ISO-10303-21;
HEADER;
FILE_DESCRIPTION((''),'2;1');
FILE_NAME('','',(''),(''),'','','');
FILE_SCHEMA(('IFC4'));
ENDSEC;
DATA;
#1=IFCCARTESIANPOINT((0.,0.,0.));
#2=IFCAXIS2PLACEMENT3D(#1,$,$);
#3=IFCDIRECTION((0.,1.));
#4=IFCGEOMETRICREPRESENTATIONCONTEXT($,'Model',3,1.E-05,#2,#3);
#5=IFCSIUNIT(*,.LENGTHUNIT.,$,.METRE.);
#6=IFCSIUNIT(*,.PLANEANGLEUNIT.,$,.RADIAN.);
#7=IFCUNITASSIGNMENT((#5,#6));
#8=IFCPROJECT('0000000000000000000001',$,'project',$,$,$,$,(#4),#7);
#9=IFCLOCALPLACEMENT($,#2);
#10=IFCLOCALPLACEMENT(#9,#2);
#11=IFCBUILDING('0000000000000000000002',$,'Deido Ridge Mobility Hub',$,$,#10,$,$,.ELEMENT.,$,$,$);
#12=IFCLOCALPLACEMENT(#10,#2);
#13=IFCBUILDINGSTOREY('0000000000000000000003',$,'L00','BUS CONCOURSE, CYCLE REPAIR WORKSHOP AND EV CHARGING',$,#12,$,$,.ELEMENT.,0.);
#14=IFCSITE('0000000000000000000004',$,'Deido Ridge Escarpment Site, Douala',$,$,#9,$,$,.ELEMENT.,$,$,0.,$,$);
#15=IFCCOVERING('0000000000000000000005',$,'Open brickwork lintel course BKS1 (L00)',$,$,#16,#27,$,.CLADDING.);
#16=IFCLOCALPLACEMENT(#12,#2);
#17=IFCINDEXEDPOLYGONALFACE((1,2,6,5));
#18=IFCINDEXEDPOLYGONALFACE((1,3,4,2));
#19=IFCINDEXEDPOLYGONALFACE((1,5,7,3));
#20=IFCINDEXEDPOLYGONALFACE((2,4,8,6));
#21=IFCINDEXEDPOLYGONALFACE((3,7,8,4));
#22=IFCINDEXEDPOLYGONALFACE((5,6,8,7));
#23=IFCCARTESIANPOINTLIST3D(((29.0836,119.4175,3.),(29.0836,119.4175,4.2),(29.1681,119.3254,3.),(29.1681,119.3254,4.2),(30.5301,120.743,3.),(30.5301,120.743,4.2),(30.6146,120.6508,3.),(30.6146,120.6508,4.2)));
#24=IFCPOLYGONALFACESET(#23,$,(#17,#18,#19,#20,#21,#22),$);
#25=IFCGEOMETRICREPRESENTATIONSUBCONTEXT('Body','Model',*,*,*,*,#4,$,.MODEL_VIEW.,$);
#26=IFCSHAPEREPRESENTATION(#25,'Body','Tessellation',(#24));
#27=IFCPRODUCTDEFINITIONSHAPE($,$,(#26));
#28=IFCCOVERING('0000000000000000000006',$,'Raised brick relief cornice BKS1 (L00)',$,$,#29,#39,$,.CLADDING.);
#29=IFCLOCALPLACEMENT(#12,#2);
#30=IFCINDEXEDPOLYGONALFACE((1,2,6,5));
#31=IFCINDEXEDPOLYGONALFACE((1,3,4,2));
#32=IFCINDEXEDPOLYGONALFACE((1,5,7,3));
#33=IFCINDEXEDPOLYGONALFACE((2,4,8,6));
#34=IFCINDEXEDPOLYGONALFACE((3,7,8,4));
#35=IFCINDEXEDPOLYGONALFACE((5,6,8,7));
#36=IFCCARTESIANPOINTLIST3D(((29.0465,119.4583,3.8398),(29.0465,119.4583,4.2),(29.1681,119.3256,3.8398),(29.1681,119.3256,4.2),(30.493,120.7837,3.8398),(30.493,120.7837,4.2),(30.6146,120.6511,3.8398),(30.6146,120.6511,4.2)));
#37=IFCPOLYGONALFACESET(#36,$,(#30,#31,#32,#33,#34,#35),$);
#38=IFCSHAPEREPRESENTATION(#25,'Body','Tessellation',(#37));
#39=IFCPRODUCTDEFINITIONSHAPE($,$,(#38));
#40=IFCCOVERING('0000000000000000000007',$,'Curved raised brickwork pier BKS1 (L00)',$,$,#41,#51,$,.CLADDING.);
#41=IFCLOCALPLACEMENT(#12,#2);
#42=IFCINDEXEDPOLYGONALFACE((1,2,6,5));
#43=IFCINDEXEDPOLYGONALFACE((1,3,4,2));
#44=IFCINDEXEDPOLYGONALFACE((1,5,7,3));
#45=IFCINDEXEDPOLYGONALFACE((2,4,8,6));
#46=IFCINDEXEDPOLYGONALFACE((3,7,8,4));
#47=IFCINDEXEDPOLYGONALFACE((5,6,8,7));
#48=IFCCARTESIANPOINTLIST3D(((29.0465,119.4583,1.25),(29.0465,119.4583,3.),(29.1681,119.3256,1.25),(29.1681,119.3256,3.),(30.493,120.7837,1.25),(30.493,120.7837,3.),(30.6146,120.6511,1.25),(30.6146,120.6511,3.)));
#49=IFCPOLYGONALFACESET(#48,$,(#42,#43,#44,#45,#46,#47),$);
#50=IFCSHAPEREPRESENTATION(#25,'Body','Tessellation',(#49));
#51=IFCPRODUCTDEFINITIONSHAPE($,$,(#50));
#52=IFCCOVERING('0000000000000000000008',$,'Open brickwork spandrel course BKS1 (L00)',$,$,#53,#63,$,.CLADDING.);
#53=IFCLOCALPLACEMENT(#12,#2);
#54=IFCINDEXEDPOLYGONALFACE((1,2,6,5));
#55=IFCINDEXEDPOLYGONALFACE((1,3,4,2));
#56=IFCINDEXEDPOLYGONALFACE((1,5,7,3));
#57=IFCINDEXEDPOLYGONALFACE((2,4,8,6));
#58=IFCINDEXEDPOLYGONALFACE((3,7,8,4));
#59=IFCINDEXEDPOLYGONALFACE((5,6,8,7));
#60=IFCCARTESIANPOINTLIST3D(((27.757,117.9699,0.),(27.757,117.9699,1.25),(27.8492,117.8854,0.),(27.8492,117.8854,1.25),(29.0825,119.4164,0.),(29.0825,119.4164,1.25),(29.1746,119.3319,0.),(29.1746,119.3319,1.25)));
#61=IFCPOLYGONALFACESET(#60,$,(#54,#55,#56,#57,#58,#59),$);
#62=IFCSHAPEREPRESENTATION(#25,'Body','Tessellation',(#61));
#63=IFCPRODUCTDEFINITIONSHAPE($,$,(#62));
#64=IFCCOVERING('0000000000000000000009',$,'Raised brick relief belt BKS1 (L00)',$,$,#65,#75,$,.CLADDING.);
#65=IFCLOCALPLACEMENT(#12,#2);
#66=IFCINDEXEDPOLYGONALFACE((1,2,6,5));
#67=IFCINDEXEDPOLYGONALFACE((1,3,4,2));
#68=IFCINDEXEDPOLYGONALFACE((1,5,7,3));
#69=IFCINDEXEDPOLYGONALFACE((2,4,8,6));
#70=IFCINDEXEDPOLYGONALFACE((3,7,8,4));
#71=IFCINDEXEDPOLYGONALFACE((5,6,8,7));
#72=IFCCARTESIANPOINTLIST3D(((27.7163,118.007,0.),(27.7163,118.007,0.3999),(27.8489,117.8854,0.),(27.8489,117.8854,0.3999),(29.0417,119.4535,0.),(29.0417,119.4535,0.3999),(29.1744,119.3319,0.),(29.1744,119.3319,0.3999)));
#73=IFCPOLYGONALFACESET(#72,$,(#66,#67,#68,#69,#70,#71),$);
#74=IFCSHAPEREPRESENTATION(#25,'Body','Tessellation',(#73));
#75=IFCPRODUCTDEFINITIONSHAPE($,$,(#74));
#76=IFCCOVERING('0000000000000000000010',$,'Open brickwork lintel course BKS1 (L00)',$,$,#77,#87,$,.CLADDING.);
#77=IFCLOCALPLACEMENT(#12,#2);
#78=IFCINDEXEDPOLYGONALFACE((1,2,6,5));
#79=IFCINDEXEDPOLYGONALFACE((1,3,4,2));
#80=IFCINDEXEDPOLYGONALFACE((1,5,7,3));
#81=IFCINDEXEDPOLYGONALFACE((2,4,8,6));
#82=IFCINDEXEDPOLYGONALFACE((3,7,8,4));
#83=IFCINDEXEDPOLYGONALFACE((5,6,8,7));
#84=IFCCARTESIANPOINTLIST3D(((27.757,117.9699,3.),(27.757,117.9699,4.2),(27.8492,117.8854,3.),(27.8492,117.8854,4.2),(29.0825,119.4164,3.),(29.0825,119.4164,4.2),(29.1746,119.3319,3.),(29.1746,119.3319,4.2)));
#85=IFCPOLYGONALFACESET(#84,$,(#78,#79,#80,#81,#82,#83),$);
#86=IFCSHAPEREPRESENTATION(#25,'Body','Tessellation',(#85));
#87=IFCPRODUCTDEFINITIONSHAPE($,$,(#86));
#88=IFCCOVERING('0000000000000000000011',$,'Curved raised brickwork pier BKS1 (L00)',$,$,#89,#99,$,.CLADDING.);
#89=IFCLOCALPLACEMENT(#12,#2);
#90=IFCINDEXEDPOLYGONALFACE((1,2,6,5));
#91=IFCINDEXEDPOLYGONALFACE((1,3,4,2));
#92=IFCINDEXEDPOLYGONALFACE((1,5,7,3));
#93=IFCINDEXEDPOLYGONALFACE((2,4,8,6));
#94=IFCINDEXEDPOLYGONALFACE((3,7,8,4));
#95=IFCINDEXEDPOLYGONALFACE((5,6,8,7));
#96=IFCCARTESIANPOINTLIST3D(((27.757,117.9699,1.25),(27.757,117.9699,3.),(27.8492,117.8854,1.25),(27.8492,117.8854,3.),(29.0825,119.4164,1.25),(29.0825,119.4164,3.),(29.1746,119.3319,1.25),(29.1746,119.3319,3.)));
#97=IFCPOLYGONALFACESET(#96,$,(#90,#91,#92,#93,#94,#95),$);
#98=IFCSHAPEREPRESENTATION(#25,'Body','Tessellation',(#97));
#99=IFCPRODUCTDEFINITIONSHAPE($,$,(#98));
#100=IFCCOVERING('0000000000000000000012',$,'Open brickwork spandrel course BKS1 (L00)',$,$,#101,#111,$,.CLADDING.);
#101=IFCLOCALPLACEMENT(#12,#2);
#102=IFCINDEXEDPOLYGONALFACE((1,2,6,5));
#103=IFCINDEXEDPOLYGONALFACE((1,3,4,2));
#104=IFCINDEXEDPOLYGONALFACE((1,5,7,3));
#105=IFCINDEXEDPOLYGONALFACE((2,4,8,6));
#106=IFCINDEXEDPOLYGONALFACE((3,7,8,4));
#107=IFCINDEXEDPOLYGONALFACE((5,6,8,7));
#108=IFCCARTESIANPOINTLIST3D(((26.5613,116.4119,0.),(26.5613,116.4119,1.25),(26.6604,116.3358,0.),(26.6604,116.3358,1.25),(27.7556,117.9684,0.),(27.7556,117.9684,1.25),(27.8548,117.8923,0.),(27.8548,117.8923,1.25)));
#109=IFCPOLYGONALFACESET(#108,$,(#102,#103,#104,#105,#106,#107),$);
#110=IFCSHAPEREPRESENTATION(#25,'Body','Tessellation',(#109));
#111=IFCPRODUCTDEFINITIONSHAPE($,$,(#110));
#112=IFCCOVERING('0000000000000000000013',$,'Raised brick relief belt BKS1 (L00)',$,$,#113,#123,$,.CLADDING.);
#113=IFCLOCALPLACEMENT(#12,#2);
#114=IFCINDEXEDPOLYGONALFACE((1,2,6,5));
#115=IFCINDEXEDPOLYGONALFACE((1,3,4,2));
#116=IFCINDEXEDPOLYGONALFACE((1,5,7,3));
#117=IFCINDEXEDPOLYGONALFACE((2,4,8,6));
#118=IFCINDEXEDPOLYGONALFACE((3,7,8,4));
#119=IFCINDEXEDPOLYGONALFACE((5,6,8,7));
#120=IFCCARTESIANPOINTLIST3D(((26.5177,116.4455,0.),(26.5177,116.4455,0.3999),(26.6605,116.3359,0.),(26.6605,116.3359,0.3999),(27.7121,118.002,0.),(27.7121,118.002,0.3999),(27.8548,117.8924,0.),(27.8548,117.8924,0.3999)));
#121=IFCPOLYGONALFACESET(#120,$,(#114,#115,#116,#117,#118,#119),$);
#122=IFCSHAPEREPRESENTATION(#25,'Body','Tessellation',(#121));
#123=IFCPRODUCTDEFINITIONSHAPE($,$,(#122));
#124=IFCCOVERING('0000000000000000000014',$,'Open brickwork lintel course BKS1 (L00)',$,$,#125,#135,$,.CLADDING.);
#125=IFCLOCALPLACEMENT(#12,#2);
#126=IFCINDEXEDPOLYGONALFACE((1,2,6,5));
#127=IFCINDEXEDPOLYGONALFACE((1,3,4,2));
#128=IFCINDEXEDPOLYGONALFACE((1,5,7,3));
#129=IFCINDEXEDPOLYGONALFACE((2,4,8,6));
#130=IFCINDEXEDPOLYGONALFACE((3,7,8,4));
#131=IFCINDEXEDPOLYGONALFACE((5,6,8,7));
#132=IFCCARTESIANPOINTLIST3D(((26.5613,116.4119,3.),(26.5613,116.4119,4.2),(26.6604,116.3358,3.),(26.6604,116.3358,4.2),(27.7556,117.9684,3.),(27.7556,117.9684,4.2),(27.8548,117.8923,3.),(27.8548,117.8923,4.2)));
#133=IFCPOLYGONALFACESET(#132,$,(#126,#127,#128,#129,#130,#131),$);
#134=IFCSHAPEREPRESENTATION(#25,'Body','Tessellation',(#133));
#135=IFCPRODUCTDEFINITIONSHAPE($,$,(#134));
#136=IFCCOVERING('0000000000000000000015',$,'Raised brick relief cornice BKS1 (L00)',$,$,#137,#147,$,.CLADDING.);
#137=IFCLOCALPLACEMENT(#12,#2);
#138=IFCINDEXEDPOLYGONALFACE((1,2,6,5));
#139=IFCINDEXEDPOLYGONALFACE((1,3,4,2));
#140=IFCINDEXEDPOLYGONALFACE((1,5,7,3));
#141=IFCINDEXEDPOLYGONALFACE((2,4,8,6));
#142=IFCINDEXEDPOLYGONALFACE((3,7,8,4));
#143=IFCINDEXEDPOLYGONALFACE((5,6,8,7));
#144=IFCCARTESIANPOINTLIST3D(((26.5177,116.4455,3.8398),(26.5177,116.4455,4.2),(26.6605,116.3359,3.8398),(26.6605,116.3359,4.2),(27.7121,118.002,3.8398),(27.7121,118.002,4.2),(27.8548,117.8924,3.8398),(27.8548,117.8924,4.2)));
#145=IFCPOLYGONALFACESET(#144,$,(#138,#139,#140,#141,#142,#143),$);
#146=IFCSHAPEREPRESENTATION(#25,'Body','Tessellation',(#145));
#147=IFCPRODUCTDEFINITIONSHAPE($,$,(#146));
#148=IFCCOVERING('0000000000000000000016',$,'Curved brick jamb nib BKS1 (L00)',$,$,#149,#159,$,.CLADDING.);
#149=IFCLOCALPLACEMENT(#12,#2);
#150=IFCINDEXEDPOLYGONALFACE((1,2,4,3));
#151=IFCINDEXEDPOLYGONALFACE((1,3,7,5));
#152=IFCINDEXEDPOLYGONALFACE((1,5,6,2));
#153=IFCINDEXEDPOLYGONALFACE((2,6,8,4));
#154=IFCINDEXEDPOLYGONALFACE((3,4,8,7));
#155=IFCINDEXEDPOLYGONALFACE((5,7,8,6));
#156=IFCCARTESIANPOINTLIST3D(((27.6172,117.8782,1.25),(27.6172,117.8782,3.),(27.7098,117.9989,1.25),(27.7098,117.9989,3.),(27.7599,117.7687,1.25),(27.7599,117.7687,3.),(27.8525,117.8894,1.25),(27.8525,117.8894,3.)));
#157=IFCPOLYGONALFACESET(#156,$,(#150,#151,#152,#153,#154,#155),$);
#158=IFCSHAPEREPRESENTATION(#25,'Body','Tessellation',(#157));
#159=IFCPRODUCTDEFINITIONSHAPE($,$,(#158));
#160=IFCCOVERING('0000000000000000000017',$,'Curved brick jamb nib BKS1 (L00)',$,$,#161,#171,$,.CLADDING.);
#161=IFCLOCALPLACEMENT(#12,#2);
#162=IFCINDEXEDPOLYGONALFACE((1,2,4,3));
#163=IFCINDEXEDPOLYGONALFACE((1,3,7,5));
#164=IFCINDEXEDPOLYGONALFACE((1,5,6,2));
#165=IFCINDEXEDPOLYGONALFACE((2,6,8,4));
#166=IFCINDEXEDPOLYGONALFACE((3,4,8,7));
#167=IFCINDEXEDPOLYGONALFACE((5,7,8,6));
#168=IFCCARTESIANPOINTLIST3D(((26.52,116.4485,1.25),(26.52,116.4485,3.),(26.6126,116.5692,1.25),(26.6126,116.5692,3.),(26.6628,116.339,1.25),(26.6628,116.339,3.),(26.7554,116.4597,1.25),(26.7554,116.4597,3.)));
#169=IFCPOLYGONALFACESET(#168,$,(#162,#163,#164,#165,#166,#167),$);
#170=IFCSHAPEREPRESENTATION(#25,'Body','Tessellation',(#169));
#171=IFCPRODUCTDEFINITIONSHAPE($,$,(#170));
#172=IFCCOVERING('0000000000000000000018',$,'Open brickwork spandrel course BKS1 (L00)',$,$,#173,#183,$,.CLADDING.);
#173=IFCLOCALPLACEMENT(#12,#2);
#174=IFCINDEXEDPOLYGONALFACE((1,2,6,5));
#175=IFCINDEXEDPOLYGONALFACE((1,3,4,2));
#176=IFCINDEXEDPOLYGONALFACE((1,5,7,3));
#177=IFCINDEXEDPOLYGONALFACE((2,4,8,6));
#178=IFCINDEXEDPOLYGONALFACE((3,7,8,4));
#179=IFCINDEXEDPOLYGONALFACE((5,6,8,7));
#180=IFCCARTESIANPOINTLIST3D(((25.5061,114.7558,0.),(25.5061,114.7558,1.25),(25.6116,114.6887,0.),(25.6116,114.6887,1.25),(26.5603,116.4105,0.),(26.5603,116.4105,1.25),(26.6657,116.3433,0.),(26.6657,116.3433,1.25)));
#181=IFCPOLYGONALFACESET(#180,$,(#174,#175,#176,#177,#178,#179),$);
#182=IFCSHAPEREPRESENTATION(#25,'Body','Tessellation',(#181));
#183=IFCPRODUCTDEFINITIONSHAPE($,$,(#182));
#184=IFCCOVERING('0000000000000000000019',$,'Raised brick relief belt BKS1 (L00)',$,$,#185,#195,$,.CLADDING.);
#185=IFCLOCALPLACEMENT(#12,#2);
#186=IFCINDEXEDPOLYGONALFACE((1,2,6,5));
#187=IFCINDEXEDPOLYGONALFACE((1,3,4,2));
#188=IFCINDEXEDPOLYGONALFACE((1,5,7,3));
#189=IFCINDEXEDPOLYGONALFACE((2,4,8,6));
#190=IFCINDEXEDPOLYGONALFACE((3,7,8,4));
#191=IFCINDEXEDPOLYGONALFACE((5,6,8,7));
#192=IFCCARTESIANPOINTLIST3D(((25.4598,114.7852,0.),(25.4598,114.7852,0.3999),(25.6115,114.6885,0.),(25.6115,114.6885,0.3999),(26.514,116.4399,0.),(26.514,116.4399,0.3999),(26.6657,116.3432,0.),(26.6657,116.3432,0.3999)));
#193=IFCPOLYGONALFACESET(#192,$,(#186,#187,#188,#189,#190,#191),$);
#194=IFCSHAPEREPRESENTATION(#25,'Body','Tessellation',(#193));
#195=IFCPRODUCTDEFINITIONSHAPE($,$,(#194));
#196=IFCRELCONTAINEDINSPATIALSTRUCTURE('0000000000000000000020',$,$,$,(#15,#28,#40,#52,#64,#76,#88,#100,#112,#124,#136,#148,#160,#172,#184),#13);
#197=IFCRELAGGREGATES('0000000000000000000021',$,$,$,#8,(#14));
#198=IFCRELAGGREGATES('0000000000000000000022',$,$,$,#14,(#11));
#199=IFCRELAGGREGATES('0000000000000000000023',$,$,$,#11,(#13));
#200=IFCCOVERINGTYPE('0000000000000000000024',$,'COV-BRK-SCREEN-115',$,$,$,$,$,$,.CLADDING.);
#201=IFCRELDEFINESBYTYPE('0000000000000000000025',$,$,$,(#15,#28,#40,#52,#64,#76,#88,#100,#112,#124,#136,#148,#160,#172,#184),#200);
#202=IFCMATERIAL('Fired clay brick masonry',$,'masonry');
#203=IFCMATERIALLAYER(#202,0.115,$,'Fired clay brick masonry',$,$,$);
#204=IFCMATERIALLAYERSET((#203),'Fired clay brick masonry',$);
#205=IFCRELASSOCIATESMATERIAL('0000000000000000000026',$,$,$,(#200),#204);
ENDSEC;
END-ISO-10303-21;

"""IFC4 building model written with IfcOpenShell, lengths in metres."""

from ifc_helpers import new_model, si_unit, direction, frame, origin, origin_2d, place, context, subcontext, project, spatial, rectangle, extrude, material, layer, layer_set, type_object, element, save


model = new_model("IFC4")

# Units and contexts
model_context = context("Model", 3, precision=1e-05, world=origin(), true_north=direction((0.0, 1.0)))
body_context = subcontext(model_context, "Body", "Model", "MODEL_VIEW")
ifc_project = project(units=[si_unit("LENGTHUNIT", "METRE"), si_unit("PLANEANGLEUNIT", "RADIAN")], contexts=[model_context])

# Site, building, storey
site_placement = place(None, origin())
site = spatial("IfcSite", under=ifc_project, at=site_placement, Name="Deido Ridge Escarpment Site, Douala", CompositionType="ELEMENT", RefElevation=0.0)
building_placement = place(site_placement, origin())
building = spatial("IfcBuilding", under=site, at=building_placement, Name="Deido Ridge Mobility Hub", CompositionType="ELEMENT")
storey_placement = place(building_placement, origin())
storey = spatial("IfcBuildingStorey", under=building, at=storey_placement, Name="L00", Description="BUS CONCOURSE, CYCLE REPAIR WORKSHOP AND EV CHARGING", CompositionType="ELEMENT", Elevation=0.0)

# Coverings
ifc_material_1 = material(Name="Fired clay brick masonry", Category="masonry")
ifc_layer = layer(ifc_material_1, 0.115, Name="Fired clay brick masonry")
ifc_layer_set = layer_set([ifc_layer], Name="Fired clay brick masonry")
covering_type = type_object("IfcCoveringType", Name="COV-BRK-SCREEN-115", PredefinedType="CLADDING", material=ifc_layer_set)
covering_1_placement = place(storey_placement, frame((29.8491, 120.0342, 3.0), z_axis=(0.0, 0.0, 1.0), x_axis=(-0.737289, -0.675577, 0.0)))
element("IfcCovering", 1, at=covering_1_placement, inside=storey, type_object=covering_type, Name="Open brickwork lintel course BKS1 (L00)", PredefinedType="CLADDING", context=body_context, shape_type="SweptSolid", body=[
    extrude(rectangle(XDim=1.9619, YDim=0.125, at=origin_2d()), origin(), (0.0, 0.0, 1.0), 1.2),
])
covering_2_placement = place(storey_placement, frame((29.8306, 120.0547, 3.8398), z_axis=(0.0, 0.0, 1.0), x_axis=(-0.737289, -0.675577, 0.0)))
element("IfcCovering", 2, at=covering_2_placement, inside=storey, type_object=covering_type, Name="Raised brick relief cornice BKS1 (L00)", PredefinedType="CLADDING", context=body_context, shape_type="SweptSolid", body=[
    extrude(rectangle(XDim=1.9619, YDim=0.1799, at=origin_2d()), origin(), (0.0, 0.0, 1.0), 0.3601),
])
covering_3_placement = place(storey_placement, frame((29.8306, 120.0547, 1.25), z_axis=(0.0, 0.0, 1.0), x_axis=(-0.737289, -0.675577, 0.0)))
element("IfcCovering", 3, at=covering_3_placement, inside=storey, type_object=covering_type, Name="Curved raised brickwork pier BKS1 (L00)", PredefinedType="CLADDING", context=body_context, shape_type="SweptSolid", body=[
    extrude(rectangle(XDim=1.9619, YDim=0.1799, at=origin_2d()), origin(), (0.0, 0.0, 1.0), 1.75),
])
covering_4_placement = place(storey_placement, frame((28.4658, 118.6509, 0.0), z_axis=(0.0, 0.0, 1.0), x_axis=(-0.675577, -0.737289, 0.0)))
element("IfcCovering", 4, at=covering_4_placement, inside=storey, type_object=covering_type, Name="Open brickwork spandrel course BKS1 (L00)", PredefinedType="CLADDING", context=body_context, shape_type="SweptSolid", body=[
    extrude(rectangle(XDim=1.9619, YDim=0.125, at=origin_2d()), origin(), (0.0, 0.0, 1.0), 1.25),
])
covering_5_placement = place(storey_placement, frame((28.4453, 118.6694, 0.0), z_axis=(0.0, 0.0, 1.0), x_axis=(-0.675577, -0.737289, 0.0)))
element("IfcCovering", 5, at=covering_5_placement, inside=storey, type_object=covering_type, Name="Raised brick relief belt BKS1 (L00)", PredefinedType="CLADDING", context=body_context, shape_type="SweptSolid", body=[
    extrude(rectangle(XDim=1.9619, YDim=0.1799, at=origin_2d()), origin(), (0.0, 0.0, 1.0), 0.3999),
])
covering_6_placement = place(storey_placement, frame((28.4658, 118.6509, 3.0), z_axis=(0.0, 0.0, 1.0), x_axis=(-0.675577, -0.737289, 0.0)))
element("IfcCovering", 6, at=covering_6_placement, inside=storey, type_object=covering_type, Name="Open brickwork lintel course BKS1 (L00)", PredefinedType="CLADDING", context=body_context, shape_type="SweptSolid", body=[
    extrude(rectangle(XDim=1.9619, YDim=0.125, at=origin_2d()), origin(), (0.0, 0.0, 1.0), 1.2),
])
covering_7_placement = place(storey_placement, frame((28.4658, 118.6509, 1.25), z_axis=(0.0, 0.0, 1.0), x_axis=(-0.675577, -0.737289, 0.0)))
element("IfcCovering", 7, at=covering_7_placement, inside=storey, type_object=covering_type, Name="Curved raised brickwork pier BKS1 (L00)", PredefinedType="CLADDING", context=body_context, shape_type="SweptSolid", body=[
    extrude(rectangle(XDim=1.9619, YDim=0.125, at=origin_2d()), origin(), (0.0, 0.0, 1.0), 1.75),
])
covering_8_placement = place(storey_placement, frame((27.208, 117.1521, 0.0), z_axis=(0.0, 0.0, 1.0), x_axis=(-0.608761, -0.793353, 0.0)))
element("IfcCovering", 8, at=covering_8_placement, inside=storey, type_object=covering_type, Name="Open brickwork spandrel course BKS1 (L00)", PredefinedType="CLADDING", context=body_context, shape_type="SweptSolid", body=[
    extrude(rectangle(XDim=1.9619, YDim=0.125, at=origin_2d()), origin(), (0.0, 0.0, 1.0), 1.25),
])
covering_9_placement = place(storey_placement, frame((27.1863, 117.1689, 0.0), z_axis=(0.0, 0.0, 1.0), x_axis=(-0.608761, -0.793353, 0.0)))
element("IfcCovering", 9, at=covering_9_placement, inside=storey, type_object=covering_type, Name="Raised brick relief belt BKS1 (L00)", PredefinedType="CLADDING", context=body_context, shape_type="SweptSolid", body=[
    extrude(rectangle(XDim=1.9619, YDim=0.1799, at=origin_2d()), origin(), (0.0, 0.0, 1.0), 0.3999),
])
covering_10_placement = place(storey_placement, frame((27.208, 117.1521, 3.0), z_axis=(0.0, 0.0, 1.0), x_axis=(-0.608761, -0.793353, 0.0)))
element("IfcCovering", 10, at=covering_10_placement, inside=storey, type_object=covering_type, Name="Open brickwork lintel course BKS1 (L00)", PredefinedType="CLADDING", context=body_context, shape_type="SweptSolid", body=[
    extrude(rectangle(XDim=1.9619, YDim=0.125, at=origin_2d()), origin(), (0.0, 0.0, 1.0), 1.2),
])
covering_11_placement = place(storey_placement, frame((27.1863, 117.1689, 3.8398), z_axis=(0.0, 0.0, 1.0), x_axis=(-0.608761, -0.793353, 0.0)))
element("IfcCovering", 11, at=covering_11_placement, inside=storey, type_object=covering_type, Name="Raised brick relief cornice BKS1 (L00)", PredefinedType="CLADDING", context=body_context, shape_type="SweptSolid", body=[
    extrude(rectangle(XDim=1.9619, YDim=0.1799, at=origin_2d()), origin(), (0.0, 0.0, 1.0), 0.3601),
])
for number, where, z_axis, x_axis, name in (
    (12, (27.7349, 117.8838, 1.25), (0.0, 0.0, 1.0), (-0.608761, -0.793353, 0.0), "Curved brick jamb nib BKS1 (L00)"),
    (13, (26.6377, 116.4541, 1.25), (0.0, 0.0, 1.0), (-0.608761, -0.793353, 0.0), "Curved brick jamb nib BKS1 (L00)"),
):
    element("IfcCovering", number, at=place(storey_placement, frame(where, z_axis=z_axis, x_axis=x_axis)), inside=storey, type_object=covering_type, Name=name, PredefinedType="CLADDING", context=body_context, shape_type="SweptSolid", body=[
        extrude(rectangle(XDim=0.1521, YDim=0.1799, at=origin_2d()), origin(), (0.0, 0.0, 1.0), 1.75),
    ])
covering_12_placement = place(storey_placement, frame((26.0859, 115.5496, 0.0), z_axis=(0.0, 0.0, 1.0), x_axis=(-0.537314, -0.843382, 0.0)))
element("IfcCovering", 14, at=covering_12_placement, inside=storey, type_object=covering_type, Name="Open brickwork spandrel course BKS1 (L00)", PredefinedType="CLADDING", context=body_context, shape_type="SweptSolid", body=[
    extrude(rectangle(XDim=1.9619, YDim=0.125, at=origin_2d()), origin(), (0.0, 0.0, 1.0), 1.25),
])
covering_13_placement = place(storey_placement, frame((26.0627, 115.5642, 0.0), z_axis=(0.0, 0.0, 1.0), x_axis=(-0.537314, -0.843382, 0.0)))
element("IfcCovering", 15, at=covering_13_placement, inside=storey, type_object=covering_type, Name="Raised brick relief belt BKS1 (L00)", PredefinedType="CLADDING", context=body_context, shape_type="SweptSolid", body=[
    extrude(rectangle(XDim=1.9619, YDim=0.1799, at=origin_2d()), origin(), (0.0, 0.0, 1.0), 0.3999),
])

save(model, "model.ifc")
